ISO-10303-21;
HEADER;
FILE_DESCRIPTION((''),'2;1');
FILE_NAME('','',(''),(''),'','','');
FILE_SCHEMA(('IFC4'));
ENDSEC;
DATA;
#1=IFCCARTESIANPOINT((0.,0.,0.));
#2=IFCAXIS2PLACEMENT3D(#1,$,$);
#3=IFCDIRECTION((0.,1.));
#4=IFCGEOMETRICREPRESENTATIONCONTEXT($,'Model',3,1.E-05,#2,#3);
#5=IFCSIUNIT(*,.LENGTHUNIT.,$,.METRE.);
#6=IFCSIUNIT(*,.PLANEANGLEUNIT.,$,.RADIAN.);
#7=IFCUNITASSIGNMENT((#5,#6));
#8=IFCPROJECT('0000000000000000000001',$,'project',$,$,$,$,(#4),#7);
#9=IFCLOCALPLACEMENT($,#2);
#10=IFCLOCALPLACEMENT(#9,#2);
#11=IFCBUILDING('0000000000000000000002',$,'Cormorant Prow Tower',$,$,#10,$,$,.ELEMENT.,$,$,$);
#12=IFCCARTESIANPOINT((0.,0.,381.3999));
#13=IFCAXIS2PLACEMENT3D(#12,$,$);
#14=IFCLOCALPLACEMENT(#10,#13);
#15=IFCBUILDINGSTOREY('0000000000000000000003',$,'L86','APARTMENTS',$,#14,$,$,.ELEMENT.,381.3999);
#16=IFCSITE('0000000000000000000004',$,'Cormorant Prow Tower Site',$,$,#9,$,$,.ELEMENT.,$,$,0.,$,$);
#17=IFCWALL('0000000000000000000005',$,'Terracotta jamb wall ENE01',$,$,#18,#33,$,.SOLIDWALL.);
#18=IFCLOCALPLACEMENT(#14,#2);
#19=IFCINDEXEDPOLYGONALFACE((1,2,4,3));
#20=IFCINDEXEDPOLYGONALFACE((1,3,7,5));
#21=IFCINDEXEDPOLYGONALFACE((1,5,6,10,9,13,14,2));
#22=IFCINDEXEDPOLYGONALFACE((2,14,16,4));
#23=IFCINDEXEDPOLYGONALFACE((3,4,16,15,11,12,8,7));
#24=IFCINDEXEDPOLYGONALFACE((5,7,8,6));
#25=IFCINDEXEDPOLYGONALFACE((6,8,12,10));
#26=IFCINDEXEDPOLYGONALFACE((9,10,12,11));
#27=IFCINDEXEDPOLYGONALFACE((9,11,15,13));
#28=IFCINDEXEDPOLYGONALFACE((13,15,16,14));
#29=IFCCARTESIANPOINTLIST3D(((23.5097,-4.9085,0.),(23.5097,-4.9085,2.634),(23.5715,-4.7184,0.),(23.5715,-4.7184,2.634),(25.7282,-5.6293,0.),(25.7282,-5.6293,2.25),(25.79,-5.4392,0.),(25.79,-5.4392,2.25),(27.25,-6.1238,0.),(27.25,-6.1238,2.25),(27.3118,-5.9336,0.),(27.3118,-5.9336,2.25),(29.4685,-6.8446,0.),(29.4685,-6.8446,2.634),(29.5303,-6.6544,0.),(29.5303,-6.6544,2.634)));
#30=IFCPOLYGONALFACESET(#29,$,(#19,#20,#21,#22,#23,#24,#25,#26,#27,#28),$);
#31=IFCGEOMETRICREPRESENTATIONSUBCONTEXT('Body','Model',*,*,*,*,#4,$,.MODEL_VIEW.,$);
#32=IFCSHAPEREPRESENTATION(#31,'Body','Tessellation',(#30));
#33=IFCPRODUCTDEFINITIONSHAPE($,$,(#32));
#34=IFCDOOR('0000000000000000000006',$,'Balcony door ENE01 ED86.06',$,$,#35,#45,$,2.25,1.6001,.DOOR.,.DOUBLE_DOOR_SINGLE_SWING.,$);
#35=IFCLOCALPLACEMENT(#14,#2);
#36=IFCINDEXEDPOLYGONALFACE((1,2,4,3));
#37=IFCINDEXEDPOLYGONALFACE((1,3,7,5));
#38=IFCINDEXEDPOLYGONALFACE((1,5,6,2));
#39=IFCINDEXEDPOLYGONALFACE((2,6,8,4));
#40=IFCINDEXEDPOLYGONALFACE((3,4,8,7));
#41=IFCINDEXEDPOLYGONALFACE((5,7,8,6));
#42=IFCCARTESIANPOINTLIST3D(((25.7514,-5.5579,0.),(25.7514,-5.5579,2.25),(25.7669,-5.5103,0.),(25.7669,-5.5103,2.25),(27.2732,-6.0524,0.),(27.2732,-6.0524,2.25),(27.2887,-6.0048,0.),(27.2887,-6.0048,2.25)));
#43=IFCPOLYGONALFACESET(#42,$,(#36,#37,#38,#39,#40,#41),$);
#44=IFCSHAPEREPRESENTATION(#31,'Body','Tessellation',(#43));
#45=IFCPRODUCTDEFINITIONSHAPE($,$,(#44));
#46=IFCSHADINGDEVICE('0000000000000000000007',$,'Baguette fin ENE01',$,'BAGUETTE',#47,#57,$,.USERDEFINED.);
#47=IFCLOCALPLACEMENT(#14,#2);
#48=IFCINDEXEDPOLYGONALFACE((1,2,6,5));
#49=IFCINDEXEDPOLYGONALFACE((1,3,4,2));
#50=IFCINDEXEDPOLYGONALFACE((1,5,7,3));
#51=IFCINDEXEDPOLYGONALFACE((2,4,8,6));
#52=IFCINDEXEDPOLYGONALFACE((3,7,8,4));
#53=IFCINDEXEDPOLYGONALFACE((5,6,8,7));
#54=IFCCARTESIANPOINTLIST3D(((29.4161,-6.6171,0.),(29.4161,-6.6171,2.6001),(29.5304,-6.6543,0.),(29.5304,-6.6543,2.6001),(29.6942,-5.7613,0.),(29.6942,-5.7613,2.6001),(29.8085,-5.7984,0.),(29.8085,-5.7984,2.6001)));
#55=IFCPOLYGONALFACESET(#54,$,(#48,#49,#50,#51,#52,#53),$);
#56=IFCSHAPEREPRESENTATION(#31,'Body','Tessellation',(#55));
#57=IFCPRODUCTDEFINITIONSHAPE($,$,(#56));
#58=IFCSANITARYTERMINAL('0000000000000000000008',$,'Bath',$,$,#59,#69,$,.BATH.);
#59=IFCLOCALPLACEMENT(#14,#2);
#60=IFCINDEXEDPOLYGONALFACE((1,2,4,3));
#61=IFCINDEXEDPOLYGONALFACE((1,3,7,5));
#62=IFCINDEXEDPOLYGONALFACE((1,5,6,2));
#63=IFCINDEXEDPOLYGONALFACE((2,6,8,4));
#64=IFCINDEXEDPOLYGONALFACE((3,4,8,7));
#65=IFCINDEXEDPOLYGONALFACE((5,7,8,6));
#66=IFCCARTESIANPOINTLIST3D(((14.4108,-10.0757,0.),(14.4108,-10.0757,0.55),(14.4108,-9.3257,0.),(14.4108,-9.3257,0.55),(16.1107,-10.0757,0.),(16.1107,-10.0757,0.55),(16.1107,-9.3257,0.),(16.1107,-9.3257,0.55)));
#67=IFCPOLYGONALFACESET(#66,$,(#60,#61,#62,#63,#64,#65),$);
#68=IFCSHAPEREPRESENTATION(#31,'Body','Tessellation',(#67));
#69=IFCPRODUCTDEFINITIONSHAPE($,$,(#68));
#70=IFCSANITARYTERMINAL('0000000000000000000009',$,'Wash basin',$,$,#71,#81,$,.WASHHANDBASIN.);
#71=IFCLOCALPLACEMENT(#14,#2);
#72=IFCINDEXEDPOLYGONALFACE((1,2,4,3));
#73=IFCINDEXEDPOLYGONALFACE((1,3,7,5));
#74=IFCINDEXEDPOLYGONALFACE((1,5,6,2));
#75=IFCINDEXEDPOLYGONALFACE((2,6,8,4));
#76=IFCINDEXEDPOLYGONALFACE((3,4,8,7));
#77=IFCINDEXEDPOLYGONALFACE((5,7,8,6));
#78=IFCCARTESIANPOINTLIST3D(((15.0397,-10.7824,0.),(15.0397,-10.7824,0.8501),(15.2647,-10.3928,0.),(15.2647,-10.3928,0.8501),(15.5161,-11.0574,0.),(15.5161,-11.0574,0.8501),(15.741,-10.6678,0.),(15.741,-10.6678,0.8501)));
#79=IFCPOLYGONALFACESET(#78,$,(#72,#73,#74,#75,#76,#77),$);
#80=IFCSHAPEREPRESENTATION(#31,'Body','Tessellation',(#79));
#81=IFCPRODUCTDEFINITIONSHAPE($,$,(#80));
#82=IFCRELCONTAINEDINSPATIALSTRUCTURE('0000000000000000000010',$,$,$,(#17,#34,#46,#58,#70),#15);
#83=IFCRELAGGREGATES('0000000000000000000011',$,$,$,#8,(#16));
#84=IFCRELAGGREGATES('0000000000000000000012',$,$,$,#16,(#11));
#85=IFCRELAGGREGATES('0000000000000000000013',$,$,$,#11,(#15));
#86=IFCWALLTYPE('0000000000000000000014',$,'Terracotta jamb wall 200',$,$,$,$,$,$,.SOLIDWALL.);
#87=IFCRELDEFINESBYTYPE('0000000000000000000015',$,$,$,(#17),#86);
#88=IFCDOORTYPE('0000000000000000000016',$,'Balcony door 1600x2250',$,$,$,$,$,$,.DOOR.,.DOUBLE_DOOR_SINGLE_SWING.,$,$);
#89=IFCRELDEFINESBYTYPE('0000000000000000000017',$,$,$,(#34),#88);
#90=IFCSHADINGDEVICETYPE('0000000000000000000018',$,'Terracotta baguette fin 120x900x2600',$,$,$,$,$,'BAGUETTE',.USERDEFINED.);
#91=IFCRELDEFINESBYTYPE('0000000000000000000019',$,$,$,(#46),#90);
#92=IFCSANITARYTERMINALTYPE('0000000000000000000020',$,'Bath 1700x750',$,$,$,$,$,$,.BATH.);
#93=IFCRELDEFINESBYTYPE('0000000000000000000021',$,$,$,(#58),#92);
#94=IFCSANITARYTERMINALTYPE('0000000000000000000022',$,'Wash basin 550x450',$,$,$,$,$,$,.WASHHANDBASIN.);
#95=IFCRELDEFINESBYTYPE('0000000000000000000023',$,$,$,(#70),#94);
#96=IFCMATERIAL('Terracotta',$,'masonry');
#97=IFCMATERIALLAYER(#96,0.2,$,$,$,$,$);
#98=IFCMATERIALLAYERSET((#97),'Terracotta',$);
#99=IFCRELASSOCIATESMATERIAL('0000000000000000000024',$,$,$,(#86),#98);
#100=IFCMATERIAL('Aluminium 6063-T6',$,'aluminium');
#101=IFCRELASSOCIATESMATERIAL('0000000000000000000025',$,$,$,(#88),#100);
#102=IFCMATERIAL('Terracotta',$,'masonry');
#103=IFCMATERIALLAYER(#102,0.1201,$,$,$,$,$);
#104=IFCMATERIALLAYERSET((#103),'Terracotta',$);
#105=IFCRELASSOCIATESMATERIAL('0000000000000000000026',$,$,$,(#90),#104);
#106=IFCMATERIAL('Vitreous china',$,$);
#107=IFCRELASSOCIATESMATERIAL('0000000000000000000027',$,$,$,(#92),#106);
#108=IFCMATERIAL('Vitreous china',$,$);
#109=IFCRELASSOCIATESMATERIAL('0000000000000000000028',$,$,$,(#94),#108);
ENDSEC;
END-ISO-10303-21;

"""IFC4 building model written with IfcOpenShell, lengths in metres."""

from ifc_helpers import new_model, si_unit, direction, frame, frame_2d, origin, origin_2d, place, context, subcontext, project, spatial, rectangle, extrude, material, layer, layer_set, type_object, element, fill, save


model = new_model("IFC4")

# Units and contexts
model_context = context("Model", 3, precision=1e-05, world=origin(), true_north=direction((0.0, 1.0)))
body_context = subcontext(model_context, "Body", "Model", "MODEL_VIEW")
ifc_project = project(units=[si_unit("LENGTHUNIT", "METRE"), si_unit("PLANEANGLEUNIT", "RADIAN")], contexts=[model_context])

# Site, building, storey
site_placement = place(None, origin())
site = spatial("IfcSite", under=ifc_project, at=site_placement, Name="Cormorant Prow Tower Site", CompositionType="ELEMENT", RefElevation=0.0)
building_placement = place(site_placement, origin())
building = spatial("IfcBuilding", under=site, at=building_placement, Name="Cormorant Prow Tower", CompositionType="ELEMENT")
storey_placement = place(building_placement, frame((0.0, 0.0, 381.3999)))
storey = spatial("IfcBuildingStorey", under=building, at=storey_placement, Name="L86", Description="APARTMENTS", CompositionType="ELEMENT", Elevation=381.3999)

# Wall, opening, door
ifc_material_1 = material(Name="Terracotta", Category="masonry")
ifc_layer_1 = layer(ifc_material_1, 0.2)
ifc_layer_set_1 = layer_set([ifc_layer_1], Name="Terracotta")
wall_type_1 = type_object("IfcWallType", Name="Terracotta jamb wall 200", PredefinedType="SOLIDWALL", material=ifc_layer_set_1)
wall_1_placement = place(storey_placement, frame((29.4995, -6.7495, 0.0), z_axis=(0.0, 0.0, 1.0), x_axis=(-0.95106, 0.309006, 0.0)))
wall_1 = element("IfcWall", 1, at=wall_1_placement, inside=storey, type_object=wall_type_1, Name="Terracotta jamb wall ENE01", PredefinedType="SOLIDWALL", context=body_context, shape_type="SweptSolid", body=[
    extrude(rectangle(XDim=6.2654, YDim=0.2, at=frame_2d((3.1328, 0.0))), origin(), (0.0, 0.0, 1.0), 2.634),
])
opening_1_placement = place(wall_1_placement, frame((2.3328, 0.0, 0.0)))
opening_1 = element("IfcOpeningElement", 2, at=opening_1_placement, cuts=wall_1, PredefinedType="OPENING", context=body_context, shape_type="SweptSolid", body=[
    extrude(rectangle(XDim=1.6001, YDim=2.25, at=frame_2d((0.8, 1.125))), frame((0.0, 0.1099, 0.0), z_axis=(0.0, -1.0, 0.0), x_axis=(1.0, 0.0, 0.0)), (0.0, 0.0, 1.0), 0.22),
])
ifc_material_2 = material(Name="Aluminium 6063-T6", Category="aluminium")
door_type_1 = type_object("IfcDoorType", Name="Balcony door 1600x2250", OperationType="DOUBLE_DOOR_SINGLE_SWING", PredefinedType="DOOR", material=ifc_material_2)
door_1_placement = place(opening_1_placement, origin())
door_1 = element("IfcDoor", 3, at=door_1_placement, inside=storey, type_object=door_type_1, Name="Balcony door ENE01 ED86.06", OperationType="DOUBLE_DOOR_SINGLE_SWING", OverallHeight=2.25, OverallWidth=1.6001, PredefinedType="DOOR", context=body_context, shape_type="SweptSolid", body=[
    extrude(rectangle(XDim=1.6001, YDim=2.25, at=frame_2d((0.8, 1.125))), frame((0.0, 0.0249, 0.0), z_axis=(0.0, -1.0, 0.0), x_axis=(1.0, 0.0, 0.0)), (0.0, 0.0, 1.0), 0.05),
])
fill(opening_1, door_1)

# Shading device
ifc_material_3 = material(Name="Terracotta", Category="masonry")
ifc_layer_2 = layer(ifc_material_3, 0.1201)
ifc_layer_set_2 = layer_set([ifc_layer_2], Name="Terracotta")
shading_device_type = type_object("IfcShadingDeviceType", Name="Terracotta baguette fin 120x900x2600", ElementType="BAGUETTE", PredefinedType="USERDEFINED", material=ifc_layer_set_2)
shading_device_placement = place(storey_placement, frame((29.6123, -6.2078, 0.0), z_axis=(0.0, 0.0, 1.0), x_axis=(-0.951057, 0.309017, 0.0)))
element("IfcShadingDevice", 4, at=shading_device_placement, inside=storey, type_object=shading_device_type, Name="Baguette fin ENE01", ObjectType="BAGUETTE", PredefinedType="USERDEFINED", context=body_context, shape_type="SweptSolid", body=[
    extrude(rectangle(XDim=0.1201, YDim=0.8999, at=origin_2d()), origin(), (0.0, 0.0, 1.0), 2.6001),
])

# Sanitary terminals
ifc_material_4 = material(Name="Vitreous china")
sanitary_terminal_type_1 = type_object("IfcSanitaryTerminalType", Name="Bath 1700x750", PredefinedType="BATH", material=ifc_material_4)
sanitary_terminal_1_placement = place(storey_placement, frame((15.2607, -9.7007, 0.0), z_axis=(0.0, 0.0, 1.0), x_axis=(1.0, 0.0, 0.0)))
element("IfcSanitaryTerminal", 5, at=sanitary_terminal_1_placement, inside=storey, type_object=sanitary_terminal_type_1, Name="Bath", PredefinedType="BATH", context=body_context, shape_type="SweptSolid", body=[
    extrude(rectangle(XDim=1.7, YDim=0.75, at=origin_2d()), origin(), (0.0, 0.0, 1.0), 0.55),
])
ifc_material_5 = material(Name="Vitreous china")
sanitary_terminal_type_2 = type_object("IfcSanitaryTerminalType", Name="Wash basin 550x450", PredefinedType="WASHHANDBASIN", material=ifc_material_5)
sanitary_terminal_2_placement = place(storey_placement, frame((15.3904, -10.7251, 0.0), z_axis=(0.0, 0.0, 1.0), x_axis=(-0.866025, 0.5, 0.0)))
element("IfcSanitaryTerminal", 6, at=sanitary_terminal_2_placement, inside=storey, type_object=sanitary_terminal_type_2, Name="Wash basin", PredefinedType="WASHHANDBASIN", context=body_context, shape_type="SweptSolid", body=[
    extrude(rectangle(XDim=0.55, YDim=0.45, at=origin_2d()), origin(), (0.0, 0.0, 1.0), 0.8501),
])

save(model, "model.ifc")
